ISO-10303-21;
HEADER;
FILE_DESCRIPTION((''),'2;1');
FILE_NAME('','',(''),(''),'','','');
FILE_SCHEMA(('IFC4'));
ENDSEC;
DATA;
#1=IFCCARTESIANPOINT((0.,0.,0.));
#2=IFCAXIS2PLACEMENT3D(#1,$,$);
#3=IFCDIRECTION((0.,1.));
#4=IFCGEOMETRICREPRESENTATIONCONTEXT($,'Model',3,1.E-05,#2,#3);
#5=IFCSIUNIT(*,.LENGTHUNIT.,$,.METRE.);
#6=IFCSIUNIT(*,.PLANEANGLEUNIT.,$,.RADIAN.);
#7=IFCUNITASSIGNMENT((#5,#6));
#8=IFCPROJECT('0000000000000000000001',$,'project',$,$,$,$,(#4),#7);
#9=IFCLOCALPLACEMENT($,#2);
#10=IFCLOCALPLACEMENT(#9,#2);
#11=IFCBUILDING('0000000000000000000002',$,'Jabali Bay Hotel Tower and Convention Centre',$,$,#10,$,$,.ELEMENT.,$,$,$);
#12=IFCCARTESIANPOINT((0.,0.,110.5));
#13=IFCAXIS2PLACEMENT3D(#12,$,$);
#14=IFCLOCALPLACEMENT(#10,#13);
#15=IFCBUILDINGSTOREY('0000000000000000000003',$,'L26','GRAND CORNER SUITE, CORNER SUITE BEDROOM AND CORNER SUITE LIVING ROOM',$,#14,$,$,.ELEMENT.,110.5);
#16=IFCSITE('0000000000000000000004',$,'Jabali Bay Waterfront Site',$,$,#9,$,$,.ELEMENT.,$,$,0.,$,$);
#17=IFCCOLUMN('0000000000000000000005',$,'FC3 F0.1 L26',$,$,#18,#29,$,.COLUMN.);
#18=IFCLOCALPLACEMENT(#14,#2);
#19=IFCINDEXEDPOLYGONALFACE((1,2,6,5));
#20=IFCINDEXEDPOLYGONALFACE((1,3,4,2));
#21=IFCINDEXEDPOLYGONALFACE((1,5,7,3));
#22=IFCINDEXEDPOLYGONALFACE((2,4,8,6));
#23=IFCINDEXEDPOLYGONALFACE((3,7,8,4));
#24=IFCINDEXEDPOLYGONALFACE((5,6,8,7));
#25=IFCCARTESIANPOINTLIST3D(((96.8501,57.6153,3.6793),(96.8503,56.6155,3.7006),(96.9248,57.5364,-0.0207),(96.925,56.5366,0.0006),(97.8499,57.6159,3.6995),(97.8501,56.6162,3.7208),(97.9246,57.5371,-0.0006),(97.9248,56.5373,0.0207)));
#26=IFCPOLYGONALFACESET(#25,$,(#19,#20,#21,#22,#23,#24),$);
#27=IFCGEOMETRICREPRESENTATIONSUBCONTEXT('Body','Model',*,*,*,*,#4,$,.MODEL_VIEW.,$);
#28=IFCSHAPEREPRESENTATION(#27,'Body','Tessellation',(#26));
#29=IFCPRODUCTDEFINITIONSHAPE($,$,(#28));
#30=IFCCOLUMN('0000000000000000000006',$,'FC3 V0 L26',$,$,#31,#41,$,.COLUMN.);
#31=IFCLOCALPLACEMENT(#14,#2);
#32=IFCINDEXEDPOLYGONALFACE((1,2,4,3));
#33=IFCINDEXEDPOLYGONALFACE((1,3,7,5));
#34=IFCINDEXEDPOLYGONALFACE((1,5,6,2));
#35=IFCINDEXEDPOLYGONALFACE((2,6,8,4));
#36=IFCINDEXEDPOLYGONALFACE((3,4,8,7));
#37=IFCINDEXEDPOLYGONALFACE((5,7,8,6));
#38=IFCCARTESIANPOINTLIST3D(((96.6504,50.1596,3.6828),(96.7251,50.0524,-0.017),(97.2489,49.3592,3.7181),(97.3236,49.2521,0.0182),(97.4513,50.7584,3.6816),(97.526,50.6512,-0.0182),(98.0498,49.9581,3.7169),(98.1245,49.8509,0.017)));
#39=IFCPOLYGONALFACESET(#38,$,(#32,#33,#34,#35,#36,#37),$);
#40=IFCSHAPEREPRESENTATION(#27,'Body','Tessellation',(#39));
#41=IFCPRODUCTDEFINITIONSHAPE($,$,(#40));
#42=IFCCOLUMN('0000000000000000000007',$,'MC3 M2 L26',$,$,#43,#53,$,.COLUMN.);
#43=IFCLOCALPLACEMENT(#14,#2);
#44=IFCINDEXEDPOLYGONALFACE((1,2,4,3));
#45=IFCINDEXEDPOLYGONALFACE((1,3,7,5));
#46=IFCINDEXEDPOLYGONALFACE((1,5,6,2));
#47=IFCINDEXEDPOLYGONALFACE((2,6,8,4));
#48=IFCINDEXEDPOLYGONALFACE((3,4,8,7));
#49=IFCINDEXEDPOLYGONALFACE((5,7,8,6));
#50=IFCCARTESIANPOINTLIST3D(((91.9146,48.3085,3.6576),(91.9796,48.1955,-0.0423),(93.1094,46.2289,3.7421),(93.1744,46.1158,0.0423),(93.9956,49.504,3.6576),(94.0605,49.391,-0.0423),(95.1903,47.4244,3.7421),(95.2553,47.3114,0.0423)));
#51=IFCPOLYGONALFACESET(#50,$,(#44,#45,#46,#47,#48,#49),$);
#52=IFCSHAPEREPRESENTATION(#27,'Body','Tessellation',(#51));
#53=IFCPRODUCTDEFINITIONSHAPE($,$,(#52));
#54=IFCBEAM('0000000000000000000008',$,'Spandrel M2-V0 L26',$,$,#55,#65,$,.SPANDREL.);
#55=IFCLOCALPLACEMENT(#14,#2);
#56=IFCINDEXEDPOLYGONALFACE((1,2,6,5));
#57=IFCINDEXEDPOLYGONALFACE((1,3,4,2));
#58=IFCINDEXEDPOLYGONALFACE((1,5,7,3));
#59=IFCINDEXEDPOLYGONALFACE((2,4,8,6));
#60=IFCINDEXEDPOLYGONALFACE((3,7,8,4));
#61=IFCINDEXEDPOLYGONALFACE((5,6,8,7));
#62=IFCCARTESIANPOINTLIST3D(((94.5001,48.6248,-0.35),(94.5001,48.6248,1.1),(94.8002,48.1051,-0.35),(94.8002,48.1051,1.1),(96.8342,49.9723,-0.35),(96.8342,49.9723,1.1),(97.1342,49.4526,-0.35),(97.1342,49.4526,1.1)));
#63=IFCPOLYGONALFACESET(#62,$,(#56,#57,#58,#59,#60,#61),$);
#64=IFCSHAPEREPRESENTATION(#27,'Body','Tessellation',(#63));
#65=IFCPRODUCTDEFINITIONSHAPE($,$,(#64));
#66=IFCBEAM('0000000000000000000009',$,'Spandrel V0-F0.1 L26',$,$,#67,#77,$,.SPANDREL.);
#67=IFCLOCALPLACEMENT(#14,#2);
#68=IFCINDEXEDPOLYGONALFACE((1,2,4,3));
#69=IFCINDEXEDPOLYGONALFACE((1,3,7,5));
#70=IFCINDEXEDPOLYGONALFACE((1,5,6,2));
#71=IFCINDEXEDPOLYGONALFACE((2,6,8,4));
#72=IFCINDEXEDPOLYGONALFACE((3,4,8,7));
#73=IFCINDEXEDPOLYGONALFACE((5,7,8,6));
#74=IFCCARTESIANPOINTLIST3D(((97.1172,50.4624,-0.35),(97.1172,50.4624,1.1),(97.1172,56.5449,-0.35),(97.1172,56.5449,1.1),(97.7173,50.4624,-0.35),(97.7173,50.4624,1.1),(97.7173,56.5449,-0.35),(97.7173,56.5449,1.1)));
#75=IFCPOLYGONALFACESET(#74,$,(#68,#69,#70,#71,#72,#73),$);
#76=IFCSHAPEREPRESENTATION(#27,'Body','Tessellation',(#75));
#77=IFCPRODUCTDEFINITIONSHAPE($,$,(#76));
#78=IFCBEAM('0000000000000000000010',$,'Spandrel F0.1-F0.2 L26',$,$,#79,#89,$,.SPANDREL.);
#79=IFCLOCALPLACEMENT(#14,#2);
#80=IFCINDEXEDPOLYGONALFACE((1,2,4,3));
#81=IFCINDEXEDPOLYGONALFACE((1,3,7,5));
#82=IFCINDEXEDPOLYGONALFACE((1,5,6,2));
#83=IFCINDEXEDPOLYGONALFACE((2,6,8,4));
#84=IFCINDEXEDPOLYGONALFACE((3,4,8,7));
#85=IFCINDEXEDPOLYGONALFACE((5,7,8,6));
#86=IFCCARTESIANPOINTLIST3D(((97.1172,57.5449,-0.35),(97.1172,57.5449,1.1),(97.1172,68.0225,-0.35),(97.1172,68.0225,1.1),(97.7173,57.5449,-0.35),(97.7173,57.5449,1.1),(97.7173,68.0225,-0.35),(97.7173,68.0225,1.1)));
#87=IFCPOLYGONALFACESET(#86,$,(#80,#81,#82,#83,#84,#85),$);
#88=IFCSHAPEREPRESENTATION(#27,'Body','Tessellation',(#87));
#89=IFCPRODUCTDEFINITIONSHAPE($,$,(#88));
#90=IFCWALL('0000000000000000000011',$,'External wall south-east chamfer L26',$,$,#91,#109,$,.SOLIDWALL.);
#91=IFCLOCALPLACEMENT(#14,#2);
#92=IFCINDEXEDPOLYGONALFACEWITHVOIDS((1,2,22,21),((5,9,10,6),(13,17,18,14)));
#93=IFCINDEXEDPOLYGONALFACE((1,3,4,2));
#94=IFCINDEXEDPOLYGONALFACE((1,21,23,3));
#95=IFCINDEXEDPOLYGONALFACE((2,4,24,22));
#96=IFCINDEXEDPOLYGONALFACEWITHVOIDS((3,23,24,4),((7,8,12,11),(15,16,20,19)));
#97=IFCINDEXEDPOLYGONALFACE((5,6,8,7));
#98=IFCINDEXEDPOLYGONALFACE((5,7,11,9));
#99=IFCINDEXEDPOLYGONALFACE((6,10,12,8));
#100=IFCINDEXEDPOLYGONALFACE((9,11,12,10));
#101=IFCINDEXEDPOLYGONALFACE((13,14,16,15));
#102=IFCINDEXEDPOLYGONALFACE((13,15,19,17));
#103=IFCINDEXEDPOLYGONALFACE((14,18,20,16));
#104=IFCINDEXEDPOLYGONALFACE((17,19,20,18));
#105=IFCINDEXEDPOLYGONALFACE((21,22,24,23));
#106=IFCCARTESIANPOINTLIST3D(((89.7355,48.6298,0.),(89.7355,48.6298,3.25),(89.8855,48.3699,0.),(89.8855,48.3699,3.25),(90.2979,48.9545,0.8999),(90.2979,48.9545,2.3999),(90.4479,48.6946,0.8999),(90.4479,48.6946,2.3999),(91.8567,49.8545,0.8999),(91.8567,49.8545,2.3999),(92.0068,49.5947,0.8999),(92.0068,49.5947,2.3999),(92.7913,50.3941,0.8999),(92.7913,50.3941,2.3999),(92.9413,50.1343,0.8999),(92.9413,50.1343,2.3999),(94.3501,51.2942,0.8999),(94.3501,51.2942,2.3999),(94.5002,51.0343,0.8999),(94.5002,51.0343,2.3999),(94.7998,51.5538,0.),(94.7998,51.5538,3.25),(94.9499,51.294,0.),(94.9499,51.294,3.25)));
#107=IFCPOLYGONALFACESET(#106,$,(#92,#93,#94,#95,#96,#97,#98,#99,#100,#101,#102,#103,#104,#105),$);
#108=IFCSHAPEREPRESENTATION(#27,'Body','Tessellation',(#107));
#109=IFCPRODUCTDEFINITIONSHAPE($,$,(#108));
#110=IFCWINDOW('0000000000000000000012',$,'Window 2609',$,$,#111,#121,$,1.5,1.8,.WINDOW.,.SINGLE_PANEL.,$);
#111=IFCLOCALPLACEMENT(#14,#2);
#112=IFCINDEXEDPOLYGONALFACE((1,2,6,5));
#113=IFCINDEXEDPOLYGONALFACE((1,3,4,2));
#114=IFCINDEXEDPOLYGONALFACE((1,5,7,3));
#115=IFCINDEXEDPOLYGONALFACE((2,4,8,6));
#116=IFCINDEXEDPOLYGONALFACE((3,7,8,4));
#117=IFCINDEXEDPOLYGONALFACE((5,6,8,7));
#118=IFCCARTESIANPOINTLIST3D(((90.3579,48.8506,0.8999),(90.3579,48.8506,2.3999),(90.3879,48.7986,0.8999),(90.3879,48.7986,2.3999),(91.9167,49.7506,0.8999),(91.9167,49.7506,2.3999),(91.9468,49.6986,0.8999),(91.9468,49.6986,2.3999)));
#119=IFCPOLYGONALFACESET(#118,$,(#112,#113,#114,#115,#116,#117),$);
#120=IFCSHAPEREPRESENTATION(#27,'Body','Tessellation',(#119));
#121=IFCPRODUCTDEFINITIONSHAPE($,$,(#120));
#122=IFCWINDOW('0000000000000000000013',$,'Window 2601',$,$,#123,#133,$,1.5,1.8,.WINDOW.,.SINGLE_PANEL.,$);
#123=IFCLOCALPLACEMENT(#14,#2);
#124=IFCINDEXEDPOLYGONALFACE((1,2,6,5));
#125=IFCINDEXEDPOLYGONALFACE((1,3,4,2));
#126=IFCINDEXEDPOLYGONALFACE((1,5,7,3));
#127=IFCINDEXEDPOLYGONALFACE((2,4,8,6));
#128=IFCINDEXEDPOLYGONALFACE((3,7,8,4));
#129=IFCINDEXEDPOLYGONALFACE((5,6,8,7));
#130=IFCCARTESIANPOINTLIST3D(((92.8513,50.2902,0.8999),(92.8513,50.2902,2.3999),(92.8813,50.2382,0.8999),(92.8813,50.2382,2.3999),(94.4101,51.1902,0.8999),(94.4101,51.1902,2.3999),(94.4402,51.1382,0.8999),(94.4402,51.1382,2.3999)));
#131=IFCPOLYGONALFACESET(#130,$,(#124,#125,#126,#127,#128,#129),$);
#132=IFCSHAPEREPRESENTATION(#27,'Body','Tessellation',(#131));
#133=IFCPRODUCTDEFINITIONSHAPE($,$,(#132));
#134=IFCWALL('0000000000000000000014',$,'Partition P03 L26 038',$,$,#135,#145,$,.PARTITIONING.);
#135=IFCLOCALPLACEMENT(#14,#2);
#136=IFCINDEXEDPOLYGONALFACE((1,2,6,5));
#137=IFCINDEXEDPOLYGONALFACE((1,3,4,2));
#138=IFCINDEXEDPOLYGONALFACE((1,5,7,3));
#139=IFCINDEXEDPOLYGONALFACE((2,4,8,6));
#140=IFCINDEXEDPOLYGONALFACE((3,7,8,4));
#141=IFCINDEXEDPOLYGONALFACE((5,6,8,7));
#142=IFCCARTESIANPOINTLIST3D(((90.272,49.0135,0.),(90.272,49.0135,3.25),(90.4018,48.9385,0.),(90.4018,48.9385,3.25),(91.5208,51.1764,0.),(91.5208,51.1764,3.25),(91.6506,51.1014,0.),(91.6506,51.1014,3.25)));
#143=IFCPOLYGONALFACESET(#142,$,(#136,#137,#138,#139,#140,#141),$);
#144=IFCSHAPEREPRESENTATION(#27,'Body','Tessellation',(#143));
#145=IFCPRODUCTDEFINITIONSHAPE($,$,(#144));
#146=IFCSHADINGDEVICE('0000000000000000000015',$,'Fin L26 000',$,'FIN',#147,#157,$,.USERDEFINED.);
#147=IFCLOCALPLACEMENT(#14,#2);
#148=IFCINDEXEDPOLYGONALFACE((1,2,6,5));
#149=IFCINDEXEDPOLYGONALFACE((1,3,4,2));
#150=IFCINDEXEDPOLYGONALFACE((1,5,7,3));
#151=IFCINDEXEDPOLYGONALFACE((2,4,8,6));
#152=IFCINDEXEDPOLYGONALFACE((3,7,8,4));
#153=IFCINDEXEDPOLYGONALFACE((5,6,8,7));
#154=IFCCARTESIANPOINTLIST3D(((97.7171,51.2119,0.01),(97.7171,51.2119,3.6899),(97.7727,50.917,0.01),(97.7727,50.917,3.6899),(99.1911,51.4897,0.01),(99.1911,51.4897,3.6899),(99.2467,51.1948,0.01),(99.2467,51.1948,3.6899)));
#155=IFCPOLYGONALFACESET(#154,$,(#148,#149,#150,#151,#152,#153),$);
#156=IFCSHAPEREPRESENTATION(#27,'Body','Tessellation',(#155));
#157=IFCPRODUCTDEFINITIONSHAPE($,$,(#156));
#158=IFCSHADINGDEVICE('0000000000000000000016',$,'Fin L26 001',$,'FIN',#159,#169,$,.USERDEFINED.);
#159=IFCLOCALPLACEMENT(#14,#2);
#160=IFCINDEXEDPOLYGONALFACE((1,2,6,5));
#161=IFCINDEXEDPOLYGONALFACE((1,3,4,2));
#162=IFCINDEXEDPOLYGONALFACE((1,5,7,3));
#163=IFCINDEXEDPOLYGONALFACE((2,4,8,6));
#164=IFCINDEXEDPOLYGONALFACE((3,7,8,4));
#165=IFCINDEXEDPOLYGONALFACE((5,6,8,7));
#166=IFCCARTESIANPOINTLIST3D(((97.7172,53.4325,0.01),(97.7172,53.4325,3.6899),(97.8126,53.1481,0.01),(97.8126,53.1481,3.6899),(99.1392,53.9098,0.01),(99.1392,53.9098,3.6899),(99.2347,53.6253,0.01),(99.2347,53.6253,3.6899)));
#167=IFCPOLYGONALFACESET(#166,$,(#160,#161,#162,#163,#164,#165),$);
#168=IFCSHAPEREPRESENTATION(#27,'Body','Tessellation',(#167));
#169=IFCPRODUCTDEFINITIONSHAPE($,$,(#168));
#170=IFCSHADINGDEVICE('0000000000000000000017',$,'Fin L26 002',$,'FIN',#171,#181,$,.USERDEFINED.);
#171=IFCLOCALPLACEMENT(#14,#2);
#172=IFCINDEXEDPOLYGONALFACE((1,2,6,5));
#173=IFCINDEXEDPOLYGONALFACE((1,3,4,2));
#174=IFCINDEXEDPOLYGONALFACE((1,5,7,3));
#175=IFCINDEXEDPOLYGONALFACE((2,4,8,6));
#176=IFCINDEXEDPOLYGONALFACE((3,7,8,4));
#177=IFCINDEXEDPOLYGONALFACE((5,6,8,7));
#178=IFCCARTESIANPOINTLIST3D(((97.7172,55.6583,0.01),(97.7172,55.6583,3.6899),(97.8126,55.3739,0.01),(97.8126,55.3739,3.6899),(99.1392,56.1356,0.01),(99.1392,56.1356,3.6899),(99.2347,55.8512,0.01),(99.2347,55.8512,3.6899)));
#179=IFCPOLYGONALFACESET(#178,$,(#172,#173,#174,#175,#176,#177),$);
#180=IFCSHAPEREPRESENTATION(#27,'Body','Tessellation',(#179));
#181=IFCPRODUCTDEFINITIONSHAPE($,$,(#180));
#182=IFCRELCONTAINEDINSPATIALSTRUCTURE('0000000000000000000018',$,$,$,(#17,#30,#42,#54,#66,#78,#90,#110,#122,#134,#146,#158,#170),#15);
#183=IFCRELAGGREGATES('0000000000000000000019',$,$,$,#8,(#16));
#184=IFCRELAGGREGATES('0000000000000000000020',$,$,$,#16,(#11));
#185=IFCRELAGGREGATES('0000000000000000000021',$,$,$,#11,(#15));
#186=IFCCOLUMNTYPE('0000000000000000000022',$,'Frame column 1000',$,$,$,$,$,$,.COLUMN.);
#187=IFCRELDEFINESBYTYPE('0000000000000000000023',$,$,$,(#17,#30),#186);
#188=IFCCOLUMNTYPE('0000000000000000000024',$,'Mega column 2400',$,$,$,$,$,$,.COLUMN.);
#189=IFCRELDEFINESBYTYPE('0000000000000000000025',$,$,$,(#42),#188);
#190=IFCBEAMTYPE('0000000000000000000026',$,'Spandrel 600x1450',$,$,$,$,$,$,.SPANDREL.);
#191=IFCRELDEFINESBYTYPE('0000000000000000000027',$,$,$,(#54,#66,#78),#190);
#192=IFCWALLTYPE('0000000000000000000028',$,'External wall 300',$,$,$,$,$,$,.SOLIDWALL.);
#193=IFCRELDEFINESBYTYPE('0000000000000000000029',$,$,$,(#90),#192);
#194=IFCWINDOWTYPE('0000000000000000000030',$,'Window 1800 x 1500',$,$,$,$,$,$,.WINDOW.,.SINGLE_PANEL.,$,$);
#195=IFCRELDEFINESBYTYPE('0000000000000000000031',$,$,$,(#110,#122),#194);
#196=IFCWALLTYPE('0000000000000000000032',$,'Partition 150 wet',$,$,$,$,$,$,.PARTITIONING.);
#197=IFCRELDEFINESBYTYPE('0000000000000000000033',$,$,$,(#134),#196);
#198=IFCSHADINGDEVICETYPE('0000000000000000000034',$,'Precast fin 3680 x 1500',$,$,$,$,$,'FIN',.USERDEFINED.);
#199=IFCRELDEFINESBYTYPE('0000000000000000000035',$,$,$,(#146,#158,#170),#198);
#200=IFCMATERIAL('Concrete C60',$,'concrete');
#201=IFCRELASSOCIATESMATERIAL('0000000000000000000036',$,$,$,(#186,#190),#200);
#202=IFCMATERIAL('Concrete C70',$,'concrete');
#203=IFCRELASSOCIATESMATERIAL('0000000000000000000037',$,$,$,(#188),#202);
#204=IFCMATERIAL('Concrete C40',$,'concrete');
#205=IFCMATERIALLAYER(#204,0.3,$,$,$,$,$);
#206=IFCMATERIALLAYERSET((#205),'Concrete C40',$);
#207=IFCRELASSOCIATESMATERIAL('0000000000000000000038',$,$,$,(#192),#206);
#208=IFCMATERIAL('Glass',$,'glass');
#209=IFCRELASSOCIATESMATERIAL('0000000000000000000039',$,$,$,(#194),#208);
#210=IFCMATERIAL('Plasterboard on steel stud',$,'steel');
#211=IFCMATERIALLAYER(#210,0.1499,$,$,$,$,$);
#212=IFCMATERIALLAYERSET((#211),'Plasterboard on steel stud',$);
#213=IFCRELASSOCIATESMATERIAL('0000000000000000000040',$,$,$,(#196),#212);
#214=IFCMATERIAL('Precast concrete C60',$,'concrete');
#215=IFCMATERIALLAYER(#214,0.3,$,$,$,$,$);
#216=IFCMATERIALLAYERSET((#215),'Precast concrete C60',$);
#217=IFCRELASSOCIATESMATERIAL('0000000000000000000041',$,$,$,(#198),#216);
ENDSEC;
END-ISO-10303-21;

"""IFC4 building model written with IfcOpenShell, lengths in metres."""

from ifc_helpers import new_model, si_unit, direction, frame, frame_2d, origin, origin_2d, place, context, subcontext, project, spatial, rectangle, extrude, material, layer, layer_set, material_profile, profile_set, type_object, element, fill, save


model = new_model("IFC4")

# Units and contexts
model_context = context("Model", 3, precision=1e-05, world=origin(), true_north=direction((0.0, 1.0)))
body_context = subcontext(model_context, "Body", "Model", "MODEL_VIEW")
ifc_project = project(units=[si_unit("LENGTHUNIT", "METRE"), si_unit("PLANEANGLEUNIT", "RADIAN")], contexts=[model_context])

# Site, building, storey
site_placement = place(None, origin())
site = spatial("IfcSite", under=ifc_project, at=site_placement, Name="Jabali Bay Waterfront Site", CompositionType="ELEMENT", RefElevation=0.0)
building_placement = place(site_placement, origin())
building = spatial("IfcBuilding", under=site, at=building_placement, Name="Jabali Bay Hotel Tower and Convention Centre", CompositionType="ELEMENT")
storey_placement = place(building_placement, frame((0.0, 0.0, 110.5)))
storey = spatial("IfcBuildingStorey", under=building, at=storey_placement, Name="L26", Description="GRAND CORNER SUITE, CORNER SUITE BEDROOM AND CORNER SUITE LIVING ROOM", CompositionType="ELEMENT", Elevation=110.5)

# Columns
ifc_material_1 = material(Name="Concrete C60", Category="concrete")
ifc_material_profile_1 = material_profile(ifc_material_1, rectangle(XDim=1.0, YDim=1.0, at=origin_2d()), Name="Frame column 1000")
ifc_profile_set_1 = profile_set([ifc_material_profile_1], Name="Concrete C60")
column_type_1 = type_object("IfcColumnType", Name="Frame column 1000", PredefinedType="COLUMN", material=ifc_profile_set_1)
column_1_placement = place(storey_placement, frame((97.4248, 57.0369, 0.0), z_axis=(-0.020183, 0.021304, 0.999569), x_axis=(0.000228, -0.999773, 0.021313)))
element("IfcColumn", 1, at=column_1_placement, inside=storey, type_object=column_type_1, Name="FC3 F0.1 L26", PredefinedType="COLUMN", context=body_context, shape_type="SweptSolid", body=[
    extrude(rectangle(XDim=1.0, YDim=1.0, at=origin_2d()), origin(), (0.0, 0.0, 1.0), 3.7017),
])
column_2_placement = place(storey_placement, frame((97.4248, 49.9517, 0.0), z_axis=(-0.020179, 0.028949, 0.999377), x_axis=(-0.800894, -0.598805, 0.001175)))
element("IfcColumn", 2, at=column_2_placement, inside=storey, type_object=column_type_1, Name="FC3 V0 L26", PredefinedType="COLUMN", context=body_context, shape_type="SweptSolid", body=[
    extrude(rectangle(XDim=1.0, YDim=1.0, at=origin_2d()), origin(), (0.0, 0.0, 1.0), 3.7021),
])
ifc_material_2 = material(Name="Concrete C70", Category="concrete")
ifc_material_profile_2 = material_profile(ifc_material_2, rectangle(XDim=2.3999, YDim=2.3999, at=origin_2d()), Name="Mega column 2400")
ifc_profile_set_2 = profile_set([ifc_material_profile_2], Name="Concrete C70")
column_type_2 = type_object("IfcColumnType", Name="Mega column 2400", PredefinedType="COLUMN", material=ifc_profile_set_2)
column_3_placement = place(storey_placement, frame((93.6174, 47.7534, 0.0), z_axis=(-0.017541, 0.030532, 0.99938), x_axis=(0.497845, -0.866551, 0.035212)))
element("IfcColumn", 3, at=column_3_placement, inside=storey, type_object=column_type_2, Name="MC3 M2 L26", PredefinedType="COLUMN", context=body_context, shape_type="SweptSolid", body=[
    extrude(rectangle(XDim=2.3999, YDim=2.3999, at=origin_2d()), origin(), (0.0, 0.0, 1.0), 3.7021),
])

# Beams
ifc_material_profile_3 = material_profile(ifc_material_1, rectangle(XDim=0.6001, YDim=1.45, at=origin_2d()), Name="Spandrel 600x1450")
ifc_profile_set_3 = profile_set([ifc_material_profile_3], Name="Concrete C60")
beam_type = type_object("IfcBeamType", Name="Spandrel 600x1450", PredefinedType="SPANDREL", material=ifc_profile_set_3)
beam_1_placement = place(storey_placement, frame((94.6501, 48.365, 0.375), z_axis=(0.866044, 0.499968, 0.0), x_axis=(-0.499968, 0.866044, 0.0)))
element("IfcBeam", 4, at=beam_1_placement, inside=storey, type_object=beam_type, Name="Spandrel M2-V0 L26", PredefinedType="SPANDREL", context=body_context, shape_type="SweptSolid", body=[
    extrude(rectangle(XDim=0.6001, YDim=1.45, at=origin_2d()), origin(), (0.0, 0.0, 1.0), 2.6951),
])
beam_2_placement = place(storey_placement, frame((97.4172, 50.4624, 0.375), z_axis=(0.0, 1.0, 0.0), x_axis=(-1.0, 0.0, 0.0)))
element("IfcBeam", 5, at=beam_2_placement, inside=storey, type_object=beam_type, Name="Spandrel V0-F0.1 L26", PredefinedType="SPANDREL", context=body_context, shape_type="SweptSolid", body=[
    extrude(rectangle(XDim=0.6001, YDim=1.45, at=origin_2d()), origin(), (0.0, 0.0, 1.0), 6.0825),
])
beam_3_placement = place(storey_placement, frame((97.4172, 57.5449, 0.375), z_axis=(0.0, 1.0, 0.0), x_axis=(-1.0, 0.0, 0.0)))
element("IfcBeam", 6, at=beam_3_placement, inside=storey, type_object=beam_type, Name="Spandrel F0.1-F0.2 L26", PredefinedType="SPANDREL", context=body_context, shape_type="SweptSolid", body=[
    extrude(rectangle(XDim=0.6001, YDim=1.45, at=origin_2d()), origin(), (0.0, 0.0, 1.0), 10.4775),
])

# Wall, openings, windows
ifc_material_3 = material(Name="Concrete C40", Category="concrete")
ifc_layer_1 = layer(ifc_material_3, 0.3)
ifc_layer_set_1 = layer_set([ifc_layer_1], Name="Concrete C40")
wall_type_1 = type_object("IfcWallType", Name="External wall 300", PredefinedType="SOLIDWALL", material=ifc_layer_set_1)
wall_1_placement = place(storey_placement, frame((94.8748, 51.4238, 0.0), z_axis=(0.0, 0.0, 1.0), x_axis=(-0.866017, -0.500014, 0.0)))
wall_1 = element("IfcWall", 7, at=wall_1_placement, inside=storey, type_object=wall_type_1, Name="External wall south-east chamfer L26", PredefinedType="SOLIDWALL", context=body_context, shape_type="SweptSolid", body=[
    extrude(rectangle(XDim=5.8479, YDim=0.3, at=frame_2d((2.9238, 0.0))), origin(), (0.0, 0.0, 1.0), 3.25),
])
opening_1_placement = place(wall_1_placement, frame((3.3984, 0.0, 0.8999)))
opening_1 = element("IfcOpeningElement", 8, at=opening_1_placement, cuts=wall_1, PredefinedType="OPENING", context=body_context, shape_type="SweptSolid", body=[
    extrude(rectangle(XDim=1.8, YDim=1.5, at=frame_2d((0.8999, 0.75))), frame((0.0, 0.1606, 0.0), z_axis=(0.0, -1.0, 0.0), x_axis=(1.0, 0.0, 0.0)), (0.0, 0.0, 1.0), 0.321),
])
opening_2_placement = place(wall_1_placement, frame((0.5193, 0.0, 0.8999)))
opening_2 = element("IfcOpeningElement", 9, at=opening_2_placement, cuts=wall_1, PredefinedType="OPENING", context=body_context, shape_type="SweptSolid", body=[
    extrude(rectangle(XDim=1.8, YDim=1.5, at=frame_2d((0.8999, 0.75))), frame((0.0, 0.1606, 0.0), z_axis=(0.0, -1.0, 0.0), x_axis=(1.0, 0.0, 0.0)), (0.0, 0.0, 1.0), 0.321),
])
ifc_material_4 = material(Name="Glass", Category="glass")
window_type = type_object("IfcWindowType", Name="Window 1800 x 1500", PartitioningType="SINGLE_PANEL", PredefinedType="WINDOW", material=ifc_material_4)
window_1_placement = place(opening_1_placement, origin())
window_1 = element("IfcWindow", 10, at=window_1_placement, inside=storey, type_object=window_type, Name="Window 2609", OverallHeight=1.5, OverallWidth=1.8, PartitioningType="SINGLE_PANEL", PredefinedType="WINDOW", context=body_context, shape_type="SweptSolid", body=[
    extrude(rectangle(XDim=1.8, YDim=1.5, at=frame_2d((0.8999, 0.75))), frame((0.0, 0.03, 0.0), z_axis=(0.0, -1.0, 0.0), x_axis=(1.0, 0.0, 0.0)), (0.0, 0.0, 1.0), 0.0601),
])
fill(opening_1, window_1)
window_2_placement = place(opening_2_placement, origin())
window_2 = element("IfcWindow", 11, at=window_2_placement, inside=storey, type_object=window_type, Name="Window 2601", OverallHeight=1.5, OverallWidth=1.8, PartitioningType="SINGLE_PANEL", PredefinedType="WINDOW", context=body_context, shape_type="SweptSolid", body=[
    extrude(rectangle(XDim=1.8, YDim=1.5, at=frame_2d((0.8999, 0.75))), frame((0.0, 0.03, 0.0), z_axis=(0.0, -1.0, 0.0), x_axis=(1.0, 0.0, 0.0)), (0.0, 0.0, 1.0), 0.0601),
])
fill(opening_2, window_2)

# Wall
ifc_material_5 = material(Name="Plasterboard on steel stud", Category="steel")
ifc_layer_2 = layer(ifc_material_5, 0.1499)
ifc_layer_set_2 = layer_set([ifc_layer_2], Name="Plasterboard on steel stud")
wall_type_2 = type_object("IfcWallType", Name="Partition 150 wet", PredefinedType="PARTITIONING", material=ifc_layer_set_2)
wall_2_placement = place(storey_placement, frame((91.5857, 51.1389, 0.0), z_axis=(0.0, 0.0, 1.0), x_axis=(-0.500019, -0.866015, 0.0)))
element("IfcWall", 12, at=wall_2_placement, inside=storey, type_object=wall_type_2, Name="Partition P03 L26 038", PredefinedType="PARTITIONING", context=body_context, shape_type="SweptSolid", body=[
    extrude(rectangle(XDim=2.4976, YDim=0.1499, at=frame_2d((1.2488, 0.0))), origin(), (0.0, 0.0, 1.0), 3.25),
])

# Shading devices
ifc_material_6 = material(Name="Precast concrete C60", Category="concrete")
ifc_layer_3 = layer(ifc_material_6, 0.3)
ifc_layer_set_3 = layer_set([ifc_layer_3], Name="Precast concrete C60")
shading_device_type = type_object("IfcShadingDeviceType", Name="Precast fin 3680 x 1500", ElementType="FIN", PredefinedType="USERDEFINED", material=ifc_layer_set_3)
for number, where, z_axis, x_axis, name in (
    (13, (97.7449, 51.0645, 0.01), (0.0, 0.0, 1.0), (0.982699, 0.185212, 0.0), "Fin L26 000"),
    (14, (97.7649, 53.2903, 0.01), (0.0, 0.0, 1.0), (0.94803, 0.31818, 0.0), "Fin L26 001"),
    (15, (97.7649, 55.5161, 0.01), (0.0, 0.0, 1.0), (0.94803, 0.31818, 0.0), "Fin L26 002"),
):
    element("IfcShadingDevice", number, at=place(storey_placement, frame(where, z_axis=z_axis, x_axis=x_axis)), inside=storey, type_object=shading_device_type, Name=name, ObjectType="FIN", PredefinedType="USERDEFINED", context=body_context, shape_type="SweptSolid", body=[
        extrude(rectangle(XDim=1.5, YDim=0.3, at=frame_2d((0.75, 0.0))), origin(), (0.0, 0.0, 1.0), 3.6799),
    ])

save(model, "model.ifc")
